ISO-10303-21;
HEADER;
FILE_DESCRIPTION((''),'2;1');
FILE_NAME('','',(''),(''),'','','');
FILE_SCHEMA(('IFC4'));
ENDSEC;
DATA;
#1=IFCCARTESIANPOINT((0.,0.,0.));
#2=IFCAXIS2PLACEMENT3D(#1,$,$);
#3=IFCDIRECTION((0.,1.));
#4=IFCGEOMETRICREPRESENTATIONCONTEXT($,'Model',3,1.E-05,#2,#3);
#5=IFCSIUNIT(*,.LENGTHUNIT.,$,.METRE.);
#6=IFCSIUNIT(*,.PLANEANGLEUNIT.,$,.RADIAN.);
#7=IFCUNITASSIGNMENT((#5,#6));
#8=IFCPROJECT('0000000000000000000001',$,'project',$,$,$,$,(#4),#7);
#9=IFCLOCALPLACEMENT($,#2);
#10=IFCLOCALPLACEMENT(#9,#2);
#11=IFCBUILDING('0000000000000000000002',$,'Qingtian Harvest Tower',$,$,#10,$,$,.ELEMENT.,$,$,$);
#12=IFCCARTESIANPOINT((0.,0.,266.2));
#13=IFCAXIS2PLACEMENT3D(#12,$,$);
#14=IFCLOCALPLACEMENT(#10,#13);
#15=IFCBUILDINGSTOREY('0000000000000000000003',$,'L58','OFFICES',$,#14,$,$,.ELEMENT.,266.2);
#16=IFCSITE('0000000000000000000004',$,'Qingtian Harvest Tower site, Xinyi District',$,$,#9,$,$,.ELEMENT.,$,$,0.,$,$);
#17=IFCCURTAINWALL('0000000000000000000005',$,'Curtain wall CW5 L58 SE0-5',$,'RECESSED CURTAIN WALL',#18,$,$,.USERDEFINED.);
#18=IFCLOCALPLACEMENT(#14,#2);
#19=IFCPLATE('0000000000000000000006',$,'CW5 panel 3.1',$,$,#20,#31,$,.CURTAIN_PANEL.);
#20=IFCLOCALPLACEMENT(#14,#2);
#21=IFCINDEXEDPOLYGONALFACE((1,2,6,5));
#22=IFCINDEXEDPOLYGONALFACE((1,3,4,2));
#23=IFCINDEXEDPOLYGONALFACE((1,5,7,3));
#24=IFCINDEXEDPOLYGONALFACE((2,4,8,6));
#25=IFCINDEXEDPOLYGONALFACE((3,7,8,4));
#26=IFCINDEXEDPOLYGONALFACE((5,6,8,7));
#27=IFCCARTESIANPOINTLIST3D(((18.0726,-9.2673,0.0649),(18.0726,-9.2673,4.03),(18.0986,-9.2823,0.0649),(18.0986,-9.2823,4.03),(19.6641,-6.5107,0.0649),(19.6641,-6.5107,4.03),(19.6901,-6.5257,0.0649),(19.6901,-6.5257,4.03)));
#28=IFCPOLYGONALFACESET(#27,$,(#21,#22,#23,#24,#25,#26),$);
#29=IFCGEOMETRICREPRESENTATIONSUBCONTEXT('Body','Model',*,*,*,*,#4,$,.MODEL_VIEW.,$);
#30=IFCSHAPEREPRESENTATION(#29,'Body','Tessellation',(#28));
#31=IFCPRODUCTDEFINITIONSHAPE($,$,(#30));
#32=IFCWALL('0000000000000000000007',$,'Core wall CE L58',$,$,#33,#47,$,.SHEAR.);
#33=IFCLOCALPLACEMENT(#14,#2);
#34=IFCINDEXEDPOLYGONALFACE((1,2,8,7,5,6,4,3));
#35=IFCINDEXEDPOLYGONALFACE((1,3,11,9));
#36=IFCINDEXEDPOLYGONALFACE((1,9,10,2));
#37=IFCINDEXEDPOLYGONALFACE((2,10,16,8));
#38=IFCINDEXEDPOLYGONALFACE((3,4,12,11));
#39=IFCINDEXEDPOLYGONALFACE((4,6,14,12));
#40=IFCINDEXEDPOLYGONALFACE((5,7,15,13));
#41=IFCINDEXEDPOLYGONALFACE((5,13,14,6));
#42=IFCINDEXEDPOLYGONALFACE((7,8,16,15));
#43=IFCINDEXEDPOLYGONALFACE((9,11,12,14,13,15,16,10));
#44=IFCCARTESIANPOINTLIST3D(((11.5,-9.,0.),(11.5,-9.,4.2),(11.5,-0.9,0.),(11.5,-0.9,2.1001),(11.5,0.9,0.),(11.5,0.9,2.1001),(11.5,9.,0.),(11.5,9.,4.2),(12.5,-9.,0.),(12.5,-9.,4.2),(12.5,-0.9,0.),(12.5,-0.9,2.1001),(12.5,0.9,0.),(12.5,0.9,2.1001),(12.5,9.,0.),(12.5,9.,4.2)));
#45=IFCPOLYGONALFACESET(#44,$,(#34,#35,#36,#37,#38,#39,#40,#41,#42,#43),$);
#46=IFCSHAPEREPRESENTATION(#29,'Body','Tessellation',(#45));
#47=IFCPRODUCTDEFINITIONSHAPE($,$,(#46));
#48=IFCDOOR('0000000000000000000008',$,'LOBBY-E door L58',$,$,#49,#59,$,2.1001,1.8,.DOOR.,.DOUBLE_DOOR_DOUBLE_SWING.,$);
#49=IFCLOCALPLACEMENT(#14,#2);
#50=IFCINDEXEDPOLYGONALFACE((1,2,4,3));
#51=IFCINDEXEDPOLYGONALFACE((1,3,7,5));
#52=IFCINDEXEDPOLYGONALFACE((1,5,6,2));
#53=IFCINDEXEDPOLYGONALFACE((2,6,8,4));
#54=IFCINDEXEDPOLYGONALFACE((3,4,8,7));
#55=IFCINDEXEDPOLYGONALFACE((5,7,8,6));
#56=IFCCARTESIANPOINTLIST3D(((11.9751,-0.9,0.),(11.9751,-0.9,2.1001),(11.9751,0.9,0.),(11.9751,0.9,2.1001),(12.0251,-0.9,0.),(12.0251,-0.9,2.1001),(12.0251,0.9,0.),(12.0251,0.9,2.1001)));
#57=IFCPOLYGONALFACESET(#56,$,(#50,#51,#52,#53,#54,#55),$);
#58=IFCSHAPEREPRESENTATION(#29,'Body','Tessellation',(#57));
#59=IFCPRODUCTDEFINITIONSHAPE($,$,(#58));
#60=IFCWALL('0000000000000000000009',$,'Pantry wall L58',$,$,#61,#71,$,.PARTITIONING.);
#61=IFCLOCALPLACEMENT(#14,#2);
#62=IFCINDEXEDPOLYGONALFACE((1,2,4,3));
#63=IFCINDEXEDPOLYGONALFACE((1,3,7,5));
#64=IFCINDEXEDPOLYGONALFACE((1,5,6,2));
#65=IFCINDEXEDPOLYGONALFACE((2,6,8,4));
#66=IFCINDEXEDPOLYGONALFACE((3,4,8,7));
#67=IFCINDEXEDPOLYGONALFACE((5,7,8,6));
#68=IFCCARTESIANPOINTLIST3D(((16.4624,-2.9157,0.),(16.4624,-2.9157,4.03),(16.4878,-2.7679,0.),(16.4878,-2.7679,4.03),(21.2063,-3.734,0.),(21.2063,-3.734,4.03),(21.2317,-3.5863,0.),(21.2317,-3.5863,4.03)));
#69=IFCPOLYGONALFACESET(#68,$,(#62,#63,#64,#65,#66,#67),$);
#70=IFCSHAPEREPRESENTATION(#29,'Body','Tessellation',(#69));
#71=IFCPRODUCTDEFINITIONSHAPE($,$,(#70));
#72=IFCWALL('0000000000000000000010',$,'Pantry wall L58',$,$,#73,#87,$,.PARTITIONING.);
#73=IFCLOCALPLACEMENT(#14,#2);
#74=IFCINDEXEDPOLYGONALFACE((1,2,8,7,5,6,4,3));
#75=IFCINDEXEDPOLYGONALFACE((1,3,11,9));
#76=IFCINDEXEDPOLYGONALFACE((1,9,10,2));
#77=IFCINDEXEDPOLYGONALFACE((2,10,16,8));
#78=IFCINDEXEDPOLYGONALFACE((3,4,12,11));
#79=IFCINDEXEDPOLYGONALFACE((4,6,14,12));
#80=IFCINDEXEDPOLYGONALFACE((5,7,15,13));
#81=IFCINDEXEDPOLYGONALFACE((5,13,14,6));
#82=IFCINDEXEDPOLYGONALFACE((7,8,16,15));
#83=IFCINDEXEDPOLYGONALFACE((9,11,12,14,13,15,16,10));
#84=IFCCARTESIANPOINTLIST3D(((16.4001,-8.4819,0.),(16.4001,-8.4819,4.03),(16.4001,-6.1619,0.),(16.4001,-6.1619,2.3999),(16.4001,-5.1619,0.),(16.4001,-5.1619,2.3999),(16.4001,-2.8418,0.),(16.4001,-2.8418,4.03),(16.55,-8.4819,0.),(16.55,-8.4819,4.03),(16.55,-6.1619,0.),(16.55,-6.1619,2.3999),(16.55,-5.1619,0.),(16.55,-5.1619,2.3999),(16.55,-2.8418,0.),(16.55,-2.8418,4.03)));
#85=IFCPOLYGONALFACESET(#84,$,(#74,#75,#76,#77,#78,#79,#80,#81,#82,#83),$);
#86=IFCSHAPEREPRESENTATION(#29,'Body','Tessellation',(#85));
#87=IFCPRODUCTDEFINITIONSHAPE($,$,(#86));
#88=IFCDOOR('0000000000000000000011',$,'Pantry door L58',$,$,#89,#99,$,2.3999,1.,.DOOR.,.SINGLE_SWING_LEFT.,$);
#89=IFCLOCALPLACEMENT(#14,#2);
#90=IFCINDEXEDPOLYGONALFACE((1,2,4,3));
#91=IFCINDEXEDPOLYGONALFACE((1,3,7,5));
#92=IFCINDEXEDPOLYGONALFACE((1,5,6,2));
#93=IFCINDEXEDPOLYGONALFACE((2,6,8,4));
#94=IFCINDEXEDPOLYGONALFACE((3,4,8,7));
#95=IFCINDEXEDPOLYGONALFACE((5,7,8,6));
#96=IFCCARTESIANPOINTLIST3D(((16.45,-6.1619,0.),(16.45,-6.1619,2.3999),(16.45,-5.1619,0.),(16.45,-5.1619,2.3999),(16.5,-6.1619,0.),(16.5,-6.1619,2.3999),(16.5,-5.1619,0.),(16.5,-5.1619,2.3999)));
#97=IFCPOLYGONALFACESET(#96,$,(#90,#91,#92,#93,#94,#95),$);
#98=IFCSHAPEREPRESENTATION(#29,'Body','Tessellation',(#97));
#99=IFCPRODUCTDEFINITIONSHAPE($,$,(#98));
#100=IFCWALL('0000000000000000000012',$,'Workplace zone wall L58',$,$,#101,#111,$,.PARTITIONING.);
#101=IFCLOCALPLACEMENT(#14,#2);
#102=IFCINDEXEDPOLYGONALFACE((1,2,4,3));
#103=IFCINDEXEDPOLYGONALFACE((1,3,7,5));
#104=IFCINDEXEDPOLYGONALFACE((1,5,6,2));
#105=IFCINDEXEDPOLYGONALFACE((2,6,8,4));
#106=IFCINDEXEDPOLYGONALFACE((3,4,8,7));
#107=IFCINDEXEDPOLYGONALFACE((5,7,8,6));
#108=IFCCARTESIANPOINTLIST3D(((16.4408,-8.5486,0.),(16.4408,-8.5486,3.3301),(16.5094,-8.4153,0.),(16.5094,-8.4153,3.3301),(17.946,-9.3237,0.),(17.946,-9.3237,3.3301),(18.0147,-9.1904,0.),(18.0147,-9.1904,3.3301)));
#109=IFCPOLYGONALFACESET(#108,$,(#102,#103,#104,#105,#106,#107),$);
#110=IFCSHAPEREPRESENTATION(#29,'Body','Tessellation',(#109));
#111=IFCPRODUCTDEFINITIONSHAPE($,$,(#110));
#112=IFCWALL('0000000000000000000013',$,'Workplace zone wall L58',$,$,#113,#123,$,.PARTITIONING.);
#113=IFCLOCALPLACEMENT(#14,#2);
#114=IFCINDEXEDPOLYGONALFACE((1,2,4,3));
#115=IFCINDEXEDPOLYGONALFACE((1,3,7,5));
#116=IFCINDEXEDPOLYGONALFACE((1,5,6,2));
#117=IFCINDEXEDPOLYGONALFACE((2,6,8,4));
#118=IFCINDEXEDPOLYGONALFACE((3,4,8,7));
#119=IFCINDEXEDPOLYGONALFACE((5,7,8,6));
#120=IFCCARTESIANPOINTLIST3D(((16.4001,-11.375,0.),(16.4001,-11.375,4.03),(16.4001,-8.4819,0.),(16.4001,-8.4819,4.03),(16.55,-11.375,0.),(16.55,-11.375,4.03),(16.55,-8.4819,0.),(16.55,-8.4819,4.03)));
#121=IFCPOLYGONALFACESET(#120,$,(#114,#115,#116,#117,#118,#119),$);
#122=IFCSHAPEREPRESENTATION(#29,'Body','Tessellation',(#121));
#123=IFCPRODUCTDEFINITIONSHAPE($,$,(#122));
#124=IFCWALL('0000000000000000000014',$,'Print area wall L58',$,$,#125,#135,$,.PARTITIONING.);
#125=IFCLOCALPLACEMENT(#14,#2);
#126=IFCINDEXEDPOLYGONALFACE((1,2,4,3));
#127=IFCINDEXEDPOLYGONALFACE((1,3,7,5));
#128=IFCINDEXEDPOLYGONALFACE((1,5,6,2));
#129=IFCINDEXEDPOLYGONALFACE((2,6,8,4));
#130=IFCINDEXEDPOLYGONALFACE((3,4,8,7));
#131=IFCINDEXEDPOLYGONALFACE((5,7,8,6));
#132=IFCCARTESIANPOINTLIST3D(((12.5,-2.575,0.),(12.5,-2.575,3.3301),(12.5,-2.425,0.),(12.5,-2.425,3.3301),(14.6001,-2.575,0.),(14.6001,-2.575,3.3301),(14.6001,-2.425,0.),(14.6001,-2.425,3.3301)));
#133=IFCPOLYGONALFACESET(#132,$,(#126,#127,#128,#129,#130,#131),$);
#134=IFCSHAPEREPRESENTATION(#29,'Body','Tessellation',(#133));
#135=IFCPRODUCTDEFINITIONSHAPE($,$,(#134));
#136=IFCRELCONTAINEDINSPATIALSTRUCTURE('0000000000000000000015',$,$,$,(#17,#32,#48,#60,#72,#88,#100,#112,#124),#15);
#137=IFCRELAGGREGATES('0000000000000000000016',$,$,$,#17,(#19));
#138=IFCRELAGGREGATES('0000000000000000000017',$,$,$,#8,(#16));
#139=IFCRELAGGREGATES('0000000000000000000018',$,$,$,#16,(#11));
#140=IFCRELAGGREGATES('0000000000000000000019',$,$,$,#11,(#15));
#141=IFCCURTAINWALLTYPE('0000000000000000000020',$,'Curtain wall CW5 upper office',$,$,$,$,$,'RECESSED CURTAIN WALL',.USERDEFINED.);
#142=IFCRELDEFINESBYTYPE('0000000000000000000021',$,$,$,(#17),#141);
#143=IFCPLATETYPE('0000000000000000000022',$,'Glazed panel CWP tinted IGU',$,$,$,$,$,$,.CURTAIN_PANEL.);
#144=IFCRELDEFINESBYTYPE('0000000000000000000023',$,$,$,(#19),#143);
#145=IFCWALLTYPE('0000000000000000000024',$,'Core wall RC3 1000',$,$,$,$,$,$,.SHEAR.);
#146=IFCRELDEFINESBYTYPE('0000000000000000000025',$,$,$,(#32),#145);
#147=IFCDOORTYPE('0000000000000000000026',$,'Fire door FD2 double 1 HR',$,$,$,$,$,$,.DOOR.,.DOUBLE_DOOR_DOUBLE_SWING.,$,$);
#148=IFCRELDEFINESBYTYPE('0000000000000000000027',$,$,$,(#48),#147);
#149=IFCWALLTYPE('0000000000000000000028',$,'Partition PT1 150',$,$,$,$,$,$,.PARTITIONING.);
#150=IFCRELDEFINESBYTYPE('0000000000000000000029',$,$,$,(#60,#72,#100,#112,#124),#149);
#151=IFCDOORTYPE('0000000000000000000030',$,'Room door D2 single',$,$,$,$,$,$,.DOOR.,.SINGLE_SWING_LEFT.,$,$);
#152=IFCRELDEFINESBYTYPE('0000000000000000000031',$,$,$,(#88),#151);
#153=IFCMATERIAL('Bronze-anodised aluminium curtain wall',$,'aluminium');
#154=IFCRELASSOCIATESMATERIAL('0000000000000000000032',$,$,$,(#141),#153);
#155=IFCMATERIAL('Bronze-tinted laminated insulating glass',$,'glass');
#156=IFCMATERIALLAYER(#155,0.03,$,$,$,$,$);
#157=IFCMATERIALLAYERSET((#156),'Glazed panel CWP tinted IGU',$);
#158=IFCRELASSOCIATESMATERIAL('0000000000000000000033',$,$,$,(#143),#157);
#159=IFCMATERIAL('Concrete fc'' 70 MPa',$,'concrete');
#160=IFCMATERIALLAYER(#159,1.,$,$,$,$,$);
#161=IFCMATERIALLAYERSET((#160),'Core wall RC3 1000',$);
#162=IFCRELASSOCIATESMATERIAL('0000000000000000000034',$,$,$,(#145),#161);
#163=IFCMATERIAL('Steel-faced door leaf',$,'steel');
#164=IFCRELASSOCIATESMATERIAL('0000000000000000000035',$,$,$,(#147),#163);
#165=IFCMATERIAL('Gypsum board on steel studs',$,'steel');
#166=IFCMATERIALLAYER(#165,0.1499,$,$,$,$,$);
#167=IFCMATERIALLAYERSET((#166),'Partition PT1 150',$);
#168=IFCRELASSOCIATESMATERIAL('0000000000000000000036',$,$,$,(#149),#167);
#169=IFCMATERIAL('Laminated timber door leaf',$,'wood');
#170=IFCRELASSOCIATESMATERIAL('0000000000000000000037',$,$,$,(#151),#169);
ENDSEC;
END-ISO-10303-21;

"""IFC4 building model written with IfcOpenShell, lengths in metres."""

from ifc_helpers import new_model, si_unit, direction, frame, frame_2d, origin, origin_2d, place, context, subcontext, project, spatial, rectangle, extrude, material, layer, layer_set, type_object, element, fill, aggregate, save


model = new_model("IFC4")

# Units and contexts
model_context = context("Model", 3, precision=1e-05, world=origin(), true_north=direction((0.0, 1.0)))
body_context = subcontext(model_context, "Body", "Model", "MODEL_VIEW")
ifc_project = project(units=[si_unit("LENGTHUNIT", "METRE"), si_unit("PLANEANGLEUNIT", "RADIAN")], contexts=[model_context])

# Site, building, storey
site_placement = place(None, origin())
site = spatial("IfcSite", under=ifc_project, at=site_placement, Name="Qingtian Harvest Tower site, Xinyi District", CompositionType="ELEMENT", RefElevation=0.0)
building_placement = place(site_placement, origin())
building = spatial("IfcBuilding", under=site, at=building_placement, Name="Qingtian Harvest Tower", CompositionType="ELEMENT")
storey_placement = place(building_placement, frame((0.0, 0.0, 266.2)))
storey = spatial("IfcBuildingStorey", under=building, at=storey_placement, Name="L58", Description="OFFICES", CompositionType="ELEMENT", Elevation=266.2)

# Shared definitions
ifc_material_1 = material(Name="Bronze-anodised aluminium curtain wall", Category="aluminium")
curtain_wall_type = type_object("IfcCurtainWallType", Name="Curtain wall CW5 upper office", ElementType="RECESSED CURTAIN WALL", PredefinedType="USERDEFINED", material=ifc_material_1)

# Curtain wall
curtain_wall_1_placement = place(storey_placement, origin())
curtain_wall_1 = element("IfcCurtainWall", 1, at=curtain_wall_1_placement, inside=storey, type_object=curtain_wall_type, Name="Curtain wall CW5 L58 SE0-5", ObjectType="RECESSED CURTAIN WALL", PredefinedType="USERDEFINED")

# Plate
ifc_material_2 = material(Name="Bronze-tinted laminated insulating glass", Category="glass")
ifc_layer_1 = layer(ifc_material_2, 0.03)
ifc_layer_set_1 = layer_set([ifc_layer_1], Name="Glazed panel CWP tinted IGU")
plate_type = type_object("IfcPlateType", Name="Glazed panel CWP tinted IGU", PredefinedType="CURTAIN_PANEL", material=ifc_layer_set_1)
plate_1_placement = place(storey_placement, frame((18.8813, -7.8965, 0.0649), z_axis=(0.0, 0.0, 1.0), x_axis=(-0.5, -0.866025, 0.0)))
plate_1 = element("IfcPlate", 2, at=plate_1_placement, type_object=plate_type, Name="CW5 panel 3.1", PredefinedType="CURTAIN_PANEL", context=body_context, shape_type="SweptSolid", body=[
    extrude(rectangle(XDim=3.1831, YDim=0.03, at=origin_2d()), origin(), (0.0, 0.0, 1.0), 3.9651),
])
aggregate(curtain_wall_1, [plate_1])

# Wall, opening, door
ifc_material_3 = material(Name="Concrete fc' 70 MPa", Category="concrete")
ifc_layer_2 = layer(ifc_material_3, 1.0)
ifc_layer_set_2 = layer_set([ifc_layer_2], Name="Core wall RC3 1000")
wall_type_1 = type_object("IfcWallType", Name="Core wall RC3 1000", PredefinedType="SHEAR", material=ifc_layer_set_2)
wall_1_placement = place(storey_placement, frame((12.0, -9.0, 0.0), z_axis=(0.0, 0.0, 1.0), x_axis=(0.0, 1.0, 0.0)))
wall_1 = element("IfcWall", 3, at=wall_1_placement, inside=storey, type_object=wall_type_1, Name="Core wall CE L58", PredefinedType="SHEAR", context=body_context, shape_type="SweptSolid", body=[
    extrude(rectangle(XDim=18.0, YDim=1.0, at=frame_2d((9.0, 0.0))), origin(), (0.0, 0.0, 1.0), 4.2),
])
opening_1_placement = place(wall_1_placement, frame((8.1001, 0.0, 0.0)))
opening_1 = element("IfcOpeningElement", 4, at=opening_1_placement, cuts=wall_1, PredefinedType="OPENING", context=body_context, shape_type="SweptSolid", body=[
    extrude(rectangle(XDim=1.8, YDim=2.1001, at=frame_2d((0.8999, 1.05))), frame((0.0, 0.51, 0.0), z_axis=(0.0, -1.0, 0.0), x_axis=(1.0, 0.0, 0.0)), (0.0, 0.0, 1.0), 1.02),
])
ifc_material_4 = material(Name="Steel-faced door leaf", Category="steel")
door_type_1 = type_object("IfcDoorType", Name="Fire door FD2 double 1 HR", OperationType="DOUBLE_DOOR_DOUBLE_SWING", PredefinedType="DOOR", material=ifc_material_4)
door_1_placement = place(opening_1_placement, origin())
door_1 = element("IfcDoor", 5, at=door_1_placement, inside=storey, type_object=door_type_1, Name="LOBBY-E door L58", OperationType="DOUBLE_DOOR_DOUBLE_SWING", OverallHeight=2.1001, OverallWidth=1.8, PredefinedType="DOOR", context=body_context, shape_type="SweptSolid", body=[
    extrude(rectangle(XDim=1.8, YDim=2.1001, at=frame_2d((0.8999, 1.05))), frame((0.0, 0.0249, 0.0), z_axis=(0.0, -1.0, 0.0), x_axis=(1.0, 0.0, 0.0)), (0.0, 0.0, 1.0), 0.05),
])
fill(opening_1, door_1)

# Wall
ifc_material_5 = material(Name="Gypsum board on steel studs", Category="steel")
ifc_layer_3 = layer(ifc_material_5, 0.1499)
ifc_layer_set_3 = layer_set([ifc_layer_3], Name="Partition PT1 150")
wall_type_2 = type_object("IfcWallType", Name="Partition PT1 150", PredefinedType="PARTITIONING", material=ifc_layer_set_3)
wall_2_placement = place(storey_placement, frame((21.219, -3.6602, 0.0), z_axis=(0.0, 0.0, 1.0), x_axis=(-0.985445, 0.169997, 0.0)))
element("IfcWall", 6, at=wall_2_placement, inside=storey, type_object=wall_type_2, Name="Pantry wall L58", PredefinedType="PARTITIONING", context=body_context, shape_type="SweptSolid", body=[
    extrude(rectangle(XDim=4.814, YDim=0.1499, at=frame_2d((2.407, 0.0))), origin(), (0.0, 0.0, 1.0), 4.03),
])

# Wall, opening, door
wall_3_placement = place(storey_placement, frame((16.4751, -2.8418, 0.0), z_axis=(0.0, 0.0, 1.0), x_axis=(0.0, -1.0, 0.0)))
wall_3 = element("IfcWall", 7, at=wall_3_placement, inside=storey, type_object=wall_type_2, Name="Pantry wall L58", PredefinedType="PARTITIONING", context=body_context, shape_type="SweptSolid", body=[
    extrude(rectangle(XDim=5.6401, YDim=0.1499, at=frame_2d((2.8201, 0.0))), origin(), (0.0, 0.0, 1.0), 4.03),
])
opening_2_placement = place(wall_3_placement, frame((2.3201, 0.0, 0.0)))
opening_2 = element("IfcOpeningElement", 8, at=opening_2_placement, cuts=wall_3, PredefinedType="OPENING", context=body_context, shape_type="SweptSolid", body=[
    extrude(rectangle(XDim=1.0, YDim=2.3999, at=frame_2d((0.5, 1.2))), frame((0.0, 0.085, 0.0), z_axis=(0.0, -1.0, 0.0), x_axis=(1.0, 0.0, 0.0)), (0.0, 0.0, 1.0), 0.1699),
])
ifc_material_6 = material(Name="Laminated timber door leaf", Category="wood")
door_type_2 = type_object("IfcDoorType", Name="Room door D2 single", OperationType="SINGLE_SWING_LEFT", PredefinedType="DOOR", material=ifc_material_6)
door_2_placement = place(opening_2_placement, origin())
door_2 = element("IfcDoor", 9, at=door_2_placement, inside=storey, type_object=door_type_2, Name="Pantry door L58", OperationType="SINGLE_SWING_LEFT", OverallHeight=2.3999, OverallWidth=1.0, PredefinedType="DOOR", context=body_context, shape_type="SweptSolid", body=[
    extrude(rectangle(XDim=1.0, YDim=2.3999, at=frame_2d((0.5, 1.2))), frame((0.0, 0.0249, 0.0), z_axis=(0.0, -1.0, 0.0), x_axis=(1.0, 0.0, 0.0)), (0.0, 0.0, 1.0), 0.05),
])
fill(opening_2, door_2)

# Walls
wall_4_placement = place(storey_placement, frame((17.9805, -9.2571, 0.0), z_axis=(0.0, 0.0, 1.0), x_axis=(-0.889058, 0.457794, 0.0)))
element("IfcWall", 10, at=wall_4_placement, inside=storey, type_object=wall_type_2, Name="Workplace zone wall L58", PredefinedType="PARTITIONING", context=body_context, shape_type="SweptSolid", body=[
    extrude(rectangle(XDim=1.6931, YDim=0.1499, at=frame_2d((0.8467, 0.0))), origin(), (0.0, 0.0, 1.0), 3.3301),
])
wall_5_placement = place(storey_placement, frame((16.4751, -8.4819, 0.0), z_axis=(0.0, 0.0, 1.0), x_axis=(0.0, -1.0, 0.0)))
element("IfcWall", 11, at=wall_5_placement, inside=storey, type_object=wall_type_2, Name="Workplace zone wall L58", PredefinedType="PARTITIONING", context=body_context, shape_type="SweptSolid", body=[
    extrude(rectangle(XDim=2.8931, YDim=0.1499, at=frame_2d((1.4465, 0.0))), origin(), (0.0, 0.0, 1.0), 4.03),
])
wall_6_placement = place(storey_placement, frame((12.5, -2.5, 0.0), z_axis=(0.0, 0.0, 1.0), x_axis=(1.0, 0.0, 0.0)))
element("IfcWall", 12, at=wall_6_placement, inside=storey, type_object=wall_type_2, Name="Print area wall L58", PredefinedType="PARTITIONING", context=body_context, shape_type="SweptSolid", body=[
    extrude(rectangle(XDim=2.1001, YDim=0.1499, at=frame_2d((1.05, 0.0))), origin(), (0.0, 0.0, 1.0), 3.3301),
])

save(model, "model.ifc")
